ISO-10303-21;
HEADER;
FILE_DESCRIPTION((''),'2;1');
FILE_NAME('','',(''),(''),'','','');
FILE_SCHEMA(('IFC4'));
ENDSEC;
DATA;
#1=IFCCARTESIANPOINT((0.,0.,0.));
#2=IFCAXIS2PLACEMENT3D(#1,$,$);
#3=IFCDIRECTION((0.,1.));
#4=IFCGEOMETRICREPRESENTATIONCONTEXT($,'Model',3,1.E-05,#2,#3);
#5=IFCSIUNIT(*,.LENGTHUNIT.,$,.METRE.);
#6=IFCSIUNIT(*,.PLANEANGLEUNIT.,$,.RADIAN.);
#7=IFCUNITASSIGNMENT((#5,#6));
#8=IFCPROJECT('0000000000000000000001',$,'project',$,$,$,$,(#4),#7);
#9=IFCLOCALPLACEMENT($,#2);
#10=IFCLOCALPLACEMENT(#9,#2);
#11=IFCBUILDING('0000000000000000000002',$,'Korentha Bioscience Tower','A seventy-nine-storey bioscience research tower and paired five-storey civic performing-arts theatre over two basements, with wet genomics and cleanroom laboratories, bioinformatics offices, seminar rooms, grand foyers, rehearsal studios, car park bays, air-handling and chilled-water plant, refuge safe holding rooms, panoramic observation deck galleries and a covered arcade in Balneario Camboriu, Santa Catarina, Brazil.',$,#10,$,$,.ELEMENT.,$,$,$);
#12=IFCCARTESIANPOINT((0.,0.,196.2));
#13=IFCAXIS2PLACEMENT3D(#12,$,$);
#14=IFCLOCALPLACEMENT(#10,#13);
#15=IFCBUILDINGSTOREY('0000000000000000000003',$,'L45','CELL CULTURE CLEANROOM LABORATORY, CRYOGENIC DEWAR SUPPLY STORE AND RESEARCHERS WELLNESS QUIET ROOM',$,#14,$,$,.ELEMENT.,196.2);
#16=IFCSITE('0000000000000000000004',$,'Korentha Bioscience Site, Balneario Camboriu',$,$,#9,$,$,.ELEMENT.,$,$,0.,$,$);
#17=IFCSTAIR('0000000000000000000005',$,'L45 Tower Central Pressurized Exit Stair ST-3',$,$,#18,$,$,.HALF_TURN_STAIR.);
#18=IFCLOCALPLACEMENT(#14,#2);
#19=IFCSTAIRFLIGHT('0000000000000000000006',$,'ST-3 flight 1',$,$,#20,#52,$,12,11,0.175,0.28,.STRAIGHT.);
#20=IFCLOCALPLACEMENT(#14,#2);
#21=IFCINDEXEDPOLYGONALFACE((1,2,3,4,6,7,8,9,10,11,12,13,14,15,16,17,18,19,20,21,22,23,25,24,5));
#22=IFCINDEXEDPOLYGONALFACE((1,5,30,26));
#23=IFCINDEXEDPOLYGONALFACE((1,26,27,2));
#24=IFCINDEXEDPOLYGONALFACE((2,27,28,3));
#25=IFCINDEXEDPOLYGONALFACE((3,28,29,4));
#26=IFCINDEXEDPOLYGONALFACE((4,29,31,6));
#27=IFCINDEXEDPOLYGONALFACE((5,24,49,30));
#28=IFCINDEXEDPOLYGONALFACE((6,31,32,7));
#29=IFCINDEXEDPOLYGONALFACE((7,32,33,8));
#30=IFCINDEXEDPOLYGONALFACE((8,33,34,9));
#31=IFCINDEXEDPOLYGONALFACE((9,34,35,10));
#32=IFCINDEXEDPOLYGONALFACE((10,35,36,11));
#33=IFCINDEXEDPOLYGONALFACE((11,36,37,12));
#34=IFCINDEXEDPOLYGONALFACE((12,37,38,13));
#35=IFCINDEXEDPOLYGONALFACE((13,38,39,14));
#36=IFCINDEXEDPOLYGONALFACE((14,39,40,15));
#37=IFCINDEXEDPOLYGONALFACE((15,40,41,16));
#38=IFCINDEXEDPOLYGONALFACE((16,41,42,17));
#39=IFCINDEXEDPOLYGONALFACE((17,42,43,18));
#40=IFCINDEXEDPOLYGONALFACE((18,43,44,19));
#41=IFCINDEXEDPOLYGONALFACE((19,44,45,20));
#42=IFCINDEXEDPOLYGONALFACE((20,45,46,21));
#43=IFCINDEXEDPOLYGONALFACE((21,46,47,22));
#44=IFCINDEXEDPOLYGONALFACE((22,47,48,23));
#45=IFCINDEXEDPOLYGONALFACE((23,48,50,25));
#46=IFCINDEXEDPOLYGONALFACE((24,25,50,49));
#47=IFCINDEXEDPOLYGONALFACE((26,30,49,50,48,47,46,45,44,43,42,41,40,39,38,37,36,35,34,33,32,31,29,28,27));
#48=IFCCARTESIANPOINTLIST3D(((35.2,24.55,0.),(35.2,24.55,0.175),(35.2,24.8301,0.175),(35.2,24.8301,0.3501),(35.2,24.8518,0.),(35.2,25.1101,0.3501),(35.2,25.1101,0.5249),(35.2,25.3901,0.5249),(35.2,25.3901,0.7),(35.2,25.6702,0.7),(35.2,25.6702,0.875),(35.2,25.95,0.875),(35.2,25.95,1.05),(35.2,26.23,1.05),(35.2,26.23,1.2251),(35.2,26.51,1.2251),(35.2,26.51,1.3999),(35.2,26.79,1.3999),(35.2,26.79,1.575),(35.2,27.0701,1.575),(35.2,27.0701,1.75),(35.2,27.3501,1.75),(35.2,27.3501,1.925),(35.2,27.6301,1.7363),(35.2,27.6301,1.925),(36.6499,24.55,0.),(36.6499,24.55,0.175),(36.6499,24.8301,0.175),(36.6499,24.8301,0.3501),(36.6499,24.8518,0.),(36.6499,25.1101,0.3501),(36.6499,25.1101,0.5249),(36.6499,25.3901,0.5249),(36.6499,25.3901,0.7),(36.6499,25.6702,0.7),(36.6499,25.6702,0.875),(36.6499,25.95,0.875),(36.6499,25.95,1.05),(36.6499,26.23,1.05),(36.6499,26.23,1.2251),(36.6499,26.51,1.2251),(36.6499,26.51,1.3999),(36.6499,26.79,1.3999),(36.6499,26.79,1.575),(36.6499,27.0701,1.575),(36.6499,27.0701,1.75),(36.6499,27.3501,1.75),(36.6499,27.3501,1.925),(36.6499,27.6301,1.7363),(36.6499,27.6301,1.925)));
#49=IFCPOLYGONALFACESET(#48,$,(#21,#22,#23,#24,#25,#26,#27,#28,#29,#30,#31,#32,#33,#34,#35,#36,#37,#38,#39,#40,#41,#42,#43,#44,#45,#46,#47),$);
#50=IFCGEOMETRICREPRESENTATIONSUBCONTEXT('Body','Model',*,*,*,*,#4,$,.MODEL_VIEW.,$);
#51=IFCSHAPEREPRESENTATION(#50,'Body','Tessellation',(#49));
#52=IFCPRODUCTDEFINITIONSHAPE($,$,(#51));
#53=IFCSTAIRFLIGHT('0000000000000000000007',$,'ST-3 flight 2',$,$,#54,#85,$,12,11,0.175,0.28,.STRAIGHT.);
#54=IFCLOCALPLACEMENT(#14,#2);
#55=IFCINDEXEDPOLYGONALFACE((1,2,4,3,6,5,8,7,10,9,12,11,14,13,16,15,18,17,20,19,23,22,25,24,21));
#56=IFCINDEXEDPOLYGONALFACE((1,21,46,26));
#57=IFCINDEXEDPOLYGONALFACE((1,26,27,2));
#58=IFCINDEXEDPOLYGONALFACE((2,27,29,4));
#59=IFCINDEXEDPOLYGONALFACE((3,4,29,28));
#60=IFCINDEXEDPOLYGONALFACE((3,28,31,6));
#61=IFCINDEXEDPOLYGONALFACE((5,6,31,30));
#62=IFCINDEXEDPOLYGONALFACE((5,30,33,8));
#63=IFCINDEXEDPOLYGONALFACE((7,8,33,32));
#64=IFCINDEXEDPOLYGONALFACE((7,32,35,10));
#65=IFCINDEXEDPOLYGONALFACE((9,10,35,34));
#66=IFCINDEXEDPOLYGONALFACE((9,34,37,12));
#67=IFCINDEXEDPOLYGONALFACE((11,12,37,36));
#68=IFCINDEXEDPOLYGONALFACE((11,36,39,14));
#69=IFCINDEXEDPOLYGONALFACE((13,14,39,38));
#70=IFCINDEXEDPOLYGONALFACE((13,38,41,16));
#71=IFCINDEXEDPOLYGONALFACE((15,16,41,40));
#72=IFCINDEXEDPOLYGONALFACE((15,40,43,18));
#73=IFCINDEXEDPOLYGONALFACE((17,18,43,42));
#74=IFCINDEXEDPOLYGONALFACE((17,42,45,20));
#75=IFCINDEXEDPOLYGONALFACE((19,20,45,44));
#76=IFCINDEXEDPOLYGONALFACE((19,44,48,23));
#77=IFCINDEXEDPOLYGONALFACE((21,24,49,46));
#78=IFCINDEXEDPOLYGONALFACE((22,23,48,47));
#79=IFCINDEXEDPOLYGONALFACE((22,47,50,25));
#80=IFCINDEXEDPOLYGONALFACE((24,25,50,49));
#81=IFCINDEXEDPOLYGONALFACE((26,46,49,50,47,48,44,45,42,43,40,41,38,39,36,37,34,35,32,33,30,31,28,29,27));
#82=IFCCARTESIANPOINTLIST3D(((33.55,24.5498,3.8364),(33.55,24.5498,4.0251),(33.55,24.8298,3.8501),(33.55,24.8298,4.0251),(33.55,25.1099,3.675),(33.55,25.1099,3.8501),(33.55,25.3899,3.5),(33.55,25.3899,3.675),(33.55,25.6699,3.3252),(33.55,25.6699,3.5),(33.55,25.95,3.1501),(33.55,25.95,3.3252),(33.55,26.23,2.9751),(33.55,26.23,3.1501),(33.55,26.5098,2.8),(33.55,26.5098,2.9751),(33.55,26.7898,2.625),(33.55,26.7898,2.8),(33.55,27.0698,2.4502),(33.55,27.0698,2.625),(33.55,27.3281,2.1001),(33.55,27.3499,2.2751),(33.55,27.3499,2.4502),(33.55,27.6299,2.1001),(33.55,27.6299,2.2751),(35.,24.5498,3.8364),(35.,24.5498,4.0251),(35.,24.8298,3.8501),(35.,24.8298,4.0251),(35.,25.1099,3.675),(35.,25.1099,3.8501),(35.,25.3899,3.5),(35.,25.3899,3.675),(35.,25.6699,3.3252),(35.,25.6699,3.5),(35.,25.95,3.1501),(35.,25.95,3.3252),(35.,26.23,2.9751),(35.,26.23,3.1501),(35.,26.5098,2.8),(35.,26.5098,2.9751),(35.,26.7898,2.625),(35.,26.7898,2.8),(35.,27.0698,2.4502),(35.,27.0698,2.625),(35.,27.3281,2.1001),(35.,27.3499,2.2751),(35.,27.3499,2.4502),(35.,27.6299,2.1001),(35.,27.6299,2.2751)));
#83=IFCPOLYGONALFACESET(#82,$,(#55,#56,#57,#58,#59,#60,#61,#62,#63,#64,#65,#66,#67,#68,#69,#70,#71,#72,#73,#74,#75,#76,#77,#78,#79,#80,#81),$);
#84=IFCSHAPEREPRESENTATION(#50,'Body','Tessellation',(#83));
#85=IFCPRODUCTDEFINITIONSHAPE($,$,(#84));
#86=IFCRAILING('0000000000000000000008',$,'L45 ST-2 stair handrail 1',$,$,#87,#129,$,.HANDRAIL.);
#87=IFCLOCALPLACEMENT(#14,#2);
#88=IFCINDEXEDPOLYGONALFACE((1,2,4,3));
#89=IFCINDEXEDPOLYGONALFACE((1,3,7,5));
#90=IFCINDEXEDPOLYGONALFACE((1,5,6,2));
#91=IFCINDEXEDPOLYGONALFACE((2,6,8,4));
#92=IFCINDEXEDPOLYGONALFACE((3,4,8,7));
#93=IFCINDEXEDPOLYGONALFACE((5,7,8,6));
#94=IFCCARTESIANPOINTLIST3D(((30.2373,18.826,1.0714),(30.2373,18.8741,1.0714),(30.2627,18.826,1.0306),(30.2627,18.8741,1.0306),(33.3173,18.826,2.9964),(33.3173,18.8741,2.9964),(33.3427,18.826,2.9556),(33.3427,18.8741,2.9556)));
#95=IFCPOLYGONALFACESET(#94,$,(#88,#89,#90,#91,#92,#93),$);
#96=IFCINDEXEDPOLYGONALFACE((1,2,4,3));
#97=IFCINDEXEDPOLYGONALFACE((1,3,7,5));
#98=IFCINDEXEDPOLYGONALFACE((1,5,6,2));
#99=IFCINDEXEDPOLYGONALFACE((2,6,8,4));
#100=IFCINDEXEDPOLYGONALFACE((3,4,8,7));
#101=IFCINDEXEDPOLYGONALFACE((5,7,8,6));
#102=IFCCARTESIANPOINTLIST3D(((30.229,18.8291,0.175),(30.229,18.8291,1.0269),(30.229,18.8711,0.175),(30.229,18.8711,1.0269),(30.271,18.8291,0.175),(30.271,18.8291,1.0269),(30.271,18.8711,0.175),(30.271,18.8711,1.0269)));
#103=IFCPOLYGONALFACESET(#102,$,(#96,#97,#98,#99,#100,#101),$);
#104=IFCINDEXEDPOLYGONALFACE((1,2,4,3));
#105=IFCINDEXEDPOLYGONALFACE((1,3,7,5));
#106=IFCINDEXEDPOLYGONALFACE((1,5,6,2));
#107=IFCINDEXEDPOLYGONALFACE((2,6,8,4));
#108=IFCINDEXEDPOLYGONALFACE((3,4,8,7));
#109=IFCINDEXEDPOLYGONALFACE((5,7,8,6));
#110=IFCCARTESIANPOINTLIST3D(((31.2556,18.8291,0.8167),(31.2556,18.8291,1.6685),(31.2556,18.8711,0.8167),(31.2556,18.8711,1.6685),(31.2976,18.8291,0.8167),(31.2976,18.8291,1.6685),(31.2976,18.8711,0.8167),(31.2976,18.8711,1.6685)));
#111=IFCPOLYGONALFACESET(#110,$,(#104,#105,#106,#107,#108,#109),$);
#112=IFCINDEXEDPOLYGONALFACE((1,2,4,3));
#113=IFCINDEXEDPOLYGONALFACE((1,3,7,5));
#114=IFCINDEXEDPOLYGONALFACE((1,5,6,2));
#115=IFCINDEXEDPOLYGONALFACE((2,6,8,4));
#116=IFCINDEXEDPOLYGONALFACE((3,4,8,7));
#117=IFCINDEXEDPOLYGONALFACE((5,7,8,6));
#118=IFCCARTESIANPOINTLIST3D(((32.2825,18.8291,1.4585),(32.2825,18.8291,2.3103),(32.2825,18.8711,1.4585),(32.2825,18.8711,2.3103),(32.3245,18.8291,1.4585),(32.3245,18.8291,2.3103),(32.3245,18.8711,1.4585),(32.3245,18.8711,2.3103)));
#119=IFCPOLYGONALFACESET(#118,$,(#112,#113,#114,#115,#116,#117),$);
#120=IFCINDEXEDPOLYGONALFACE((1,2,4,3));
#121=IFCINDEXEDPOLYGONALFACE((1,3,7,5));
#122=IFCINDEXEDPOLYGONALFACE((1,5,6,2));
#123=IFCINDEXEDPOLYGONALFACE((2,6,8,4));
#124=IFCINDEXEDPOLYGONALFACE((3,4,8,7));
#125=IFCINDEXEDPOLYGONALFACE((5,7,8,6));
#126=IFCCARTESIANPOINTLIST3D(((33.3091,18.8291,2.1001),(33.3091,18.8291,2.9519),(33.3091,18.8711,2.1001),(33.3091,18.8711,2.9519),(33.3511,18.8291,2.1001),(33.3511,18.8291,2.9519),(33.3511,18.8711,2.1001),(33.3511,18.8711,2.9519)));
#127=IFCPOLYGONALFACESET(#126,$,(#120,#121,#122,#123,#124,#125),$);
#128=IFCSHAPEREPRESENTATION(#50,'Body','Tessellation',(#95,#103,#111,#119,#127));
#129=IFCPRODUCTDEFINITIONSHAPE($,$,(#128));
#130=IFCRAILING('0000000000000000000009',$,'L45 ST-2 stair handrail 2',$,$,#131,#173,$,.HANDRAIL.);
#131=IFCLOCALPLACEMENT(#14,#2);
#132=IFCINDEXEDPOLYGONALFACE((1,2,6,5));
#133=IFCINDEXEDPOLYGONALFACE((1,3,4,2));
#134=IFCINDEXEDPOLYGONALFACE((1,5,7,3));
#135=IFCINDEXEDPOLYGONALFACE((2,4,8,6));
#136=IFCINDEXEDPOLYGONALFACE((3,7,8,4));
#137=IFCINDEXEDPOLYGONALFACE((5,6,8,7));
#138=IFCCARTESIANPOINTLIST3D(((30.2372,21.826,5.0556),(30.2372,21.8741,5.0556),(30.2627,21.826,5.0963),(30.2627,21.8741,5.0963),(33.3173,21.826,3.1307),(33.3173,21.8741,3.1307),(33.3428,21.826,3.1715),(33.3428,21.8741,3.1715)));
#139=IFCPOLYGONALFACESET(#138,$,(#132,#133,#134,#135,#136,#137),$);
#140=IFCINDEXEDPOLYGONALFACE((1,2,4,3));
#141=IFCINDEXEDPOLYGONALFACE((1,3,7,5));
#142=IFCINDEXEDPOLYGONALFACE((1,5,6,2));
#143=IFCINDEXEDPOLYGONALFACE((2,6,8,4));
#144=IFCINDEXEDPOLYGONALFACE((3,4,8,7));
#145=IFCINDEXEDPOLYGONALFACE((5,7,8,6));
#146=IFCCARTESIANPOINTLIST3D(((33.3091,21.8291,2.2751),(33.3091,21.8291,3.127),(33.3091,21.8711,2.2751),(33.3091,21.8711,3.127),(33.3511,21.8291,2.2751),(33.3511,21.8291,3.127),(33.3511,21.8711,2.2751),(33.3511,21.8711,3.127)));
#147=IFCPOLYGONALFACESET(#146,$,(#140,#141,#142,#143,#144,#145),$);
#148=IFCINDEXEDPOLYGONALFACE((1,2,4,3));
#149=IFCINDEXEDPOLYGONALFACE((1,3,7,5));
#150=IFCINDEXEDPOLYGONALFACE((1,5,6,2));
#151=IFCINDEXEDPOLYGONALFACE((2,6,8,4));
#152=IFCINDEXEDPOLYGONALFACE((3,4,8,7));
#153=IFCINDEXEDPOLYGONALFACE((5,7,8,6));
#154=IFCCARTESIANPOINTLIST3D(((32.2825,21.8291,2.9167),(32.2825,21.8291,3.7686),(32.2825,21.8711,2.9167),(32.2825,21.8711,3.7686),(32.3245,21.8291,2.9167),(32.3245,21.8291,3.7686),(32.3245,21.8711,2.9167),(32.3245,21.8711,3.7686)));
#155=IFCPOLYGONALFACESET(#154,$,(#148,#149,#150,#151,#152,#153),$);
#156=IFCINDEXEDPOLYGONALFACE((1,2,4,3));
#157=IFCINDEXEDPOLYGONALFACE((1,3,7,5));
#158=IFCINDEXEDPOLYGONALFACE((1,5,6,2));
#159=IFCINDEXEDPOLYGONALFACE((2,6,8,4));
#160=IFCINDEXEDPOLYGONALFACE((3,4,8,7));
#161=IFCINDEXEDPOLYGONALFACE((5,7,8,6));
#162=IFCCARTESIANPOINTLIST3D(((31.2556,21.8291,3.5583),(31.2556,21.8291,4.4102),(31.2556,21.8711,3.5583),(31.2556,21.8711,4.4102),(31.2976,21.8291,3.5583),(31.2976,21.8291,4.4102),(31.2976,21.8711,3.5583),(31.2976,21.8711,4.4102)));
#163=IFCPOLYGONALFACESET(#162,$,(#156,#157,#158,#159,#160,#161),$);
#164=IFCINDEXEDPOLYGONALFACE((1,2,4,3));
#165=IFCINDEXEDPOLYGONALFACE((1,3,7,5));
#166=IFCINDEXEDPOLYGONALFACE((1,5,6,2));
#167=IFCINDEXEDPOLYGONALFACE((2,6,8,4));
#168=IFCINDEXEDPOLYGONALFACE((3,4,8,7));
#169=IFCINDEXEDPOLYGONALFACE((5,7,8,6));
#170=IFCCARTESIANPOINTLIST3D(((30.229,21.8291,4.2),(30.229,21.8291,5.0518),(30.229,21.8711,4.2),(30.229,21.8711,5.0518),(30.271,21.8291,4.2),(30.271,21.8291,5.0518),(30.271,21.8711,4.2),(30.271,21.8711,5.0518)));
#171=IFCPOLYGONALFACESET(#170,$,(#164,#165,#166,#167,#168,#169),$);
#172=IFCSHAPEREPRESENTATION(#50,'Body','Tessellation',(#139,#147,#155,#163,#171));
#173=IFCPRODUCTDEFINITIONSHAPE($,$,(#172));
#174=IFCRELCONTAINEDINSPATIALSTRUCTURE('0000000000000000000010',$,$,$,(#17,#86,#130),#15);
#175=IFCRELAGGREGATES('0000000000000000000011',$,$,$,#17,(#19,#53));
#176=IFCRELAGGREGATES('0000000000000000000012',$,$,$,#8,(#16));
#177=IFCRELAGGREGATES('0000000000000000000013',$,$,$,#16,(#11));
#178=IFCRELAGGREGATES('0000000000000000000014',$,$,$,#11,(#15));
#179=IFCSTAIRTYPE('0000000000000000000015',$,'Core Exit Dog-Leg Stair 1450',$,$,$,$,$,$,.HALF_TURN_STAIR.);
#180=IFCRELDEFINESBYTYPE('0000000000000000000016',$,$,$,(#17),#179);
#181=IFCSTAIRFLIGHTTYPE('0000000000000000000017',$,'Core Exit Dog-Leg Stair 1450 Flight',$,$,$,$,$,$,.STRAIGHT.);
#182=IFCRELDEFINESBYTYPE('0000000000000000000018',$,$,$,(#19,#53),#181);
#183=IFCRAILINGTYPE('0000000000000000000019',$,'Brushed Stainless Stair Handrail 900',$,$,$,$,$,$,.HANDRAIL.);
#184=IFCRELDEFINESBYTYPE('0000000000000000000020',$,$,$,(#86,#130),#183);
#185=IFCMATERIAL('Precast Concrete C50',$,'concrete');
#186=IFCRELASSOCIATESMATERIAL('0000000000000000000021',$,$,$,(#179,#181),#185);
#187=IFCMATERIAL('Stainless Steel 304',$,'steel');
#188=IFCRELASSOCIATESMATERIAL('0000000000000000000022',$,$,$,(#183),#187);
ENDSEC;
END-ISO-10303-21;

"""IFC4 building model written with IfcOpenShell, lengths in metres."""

from ifc_helpers import new_model, si_unit, direction, frame, origin, origin_2d, place, context, subcontext, project, spatial, polyline, rectangle, outline, extrude, material, type_object, element, aggregate, save


model = new_model("IFC4")

# Units and contexts
model_context = context("Model", 3, precision=1e-05, world=origin(), true_north=direction((0.0, 1.0)))
body_context = subcontext(model_context, "Body", "Model", "MODEL_VIEW")
ifc_project = project(units=[si_unit("LENGTHUNIT", "METRE"), si_unit("PLANEANGLEUNIT", "RADIAN")], contexts=[model_context])

# Site, building, storey
site_placement = place(None, origin())
site = spatial("IfcSite", under=ifc_project, at=site_placement, Name="Korentha Bioscience Site, Balneario Camboriu", CompositionType="ELEMENT", RefElevation=0.0)
building_placement = place(site_placement, origin())
building = spatial("IfcBuilding", under=site, at=building_placement, Name="Korentha Bioscience Tower", Description="A seventy-nine-storey bioscience research tower and paired five-storey civic performing-arts theatre over two basements, with wet genomics and cleanroom laboratories, bioinformatics offices, seminar rooms, grand foyers, rehearsal studios, car park bays, air-handling and chilled-water plant, refuge safe holding rooms, panoramic observation deck galleries and a covered arcade in Balneario Camboriu, Santa Catarina, Brazil.", CompositionType="ELEMENT")
storey_placement = place(building_placement, frame((0.0, 0.0, 196.2)))
storey = spatial("IfcBuildingStorey", under=building, at=storey_placement, Name="L45", Description="CELL CULTURE CLEANROOM LABORATORY, CRYOGENIC DEWAR SUPPLY STORE AND RESEARCHERS WELLNESS QUIET ROOM", CompositionType="ELEMENT", Elevation=196.2)

# Stair, stair flights
ifc_material_1 = material(Name="Precast Concrete C50", Category="concrete")
stair_type = type_object("IfcStairType", Name="Core Exit Dog-Leg Stair 1450", PredefinedType="HALF_TURN_STAIR", material=ifc_material_1)
stair_flight_type = type_object("IfcStairFlightType", Name="Core Exit Dog-Leg Stair 1450 Flight", PredefinedType="STRAIGHT", material=ifc_material_1)
stair_1_placement = place(storey_placement, origin())
stair_1 = element("IfcStair", 1, at=stair_1_placement, inside=storey, type_object=stair_type, Name="L45 Tower Central Pressurized Exit Stair ST-3", PredefinedType="HALF_TURN_STAIR")
stair_flight_1_placement = place(storey_placement, frame((35.925, 24.55, 0.0), z_axis=(0.0, 0.0, 1.0), x_axis=(0.0, 1.0, 0.0)))
stair_flight_1 = element("IfcStairFlight", 2, at=stair_flight_1_placement, type_object=stair_flight_type, Name="ST-3 flight 1", NumberOfRisers=12, NumberOfTreads=11, PredefinedType="STRAIGHT", RiserHeight=0.175, TreadLength=0.28, context=body_context, shape_type="SweptSolid", body=[
    extrude(outline(polyline([(0.0, 0.0), (0.0, 0.175), (0.28, 0.175), (0.28, 0.3501), (0.5601, 0.3501), (0.5601, 0.5249), (0.8401, 0.5249), (0.8401, 0.7), (1.1201, 0.7), (1.1201, 0.875), (1.3999, 0.875), (1.3999, 1.05), (1.6799, 1.05), (1.6799, 1.2251), (1.96, 1.2251), (1.96, 1.3999), (2.24, 1.3999), (2.24, 1.575), (2.52, 1.575), (2.52, 1.75), (2.8, 1.75), (2.8, 1.925), (3.0801, 1.925), (3.0801, 2.1001), (3.0801, 1.7363), (0.3018, 0.0), (0.0, 0.0)])), frame((0.0, 0.7251, 0.0), z_axis=(0.0, -1.0, 0.0), x_axis=(1.0, 0.0, 0.0)), (0.0, 0.0, 1.0), 1.45),
])
stair_flight_2_placement = place(storey_placement, frame((34.2749, 27.6299, 2.1001), z_axis=(0.0, 0.0, 1.0), x_axis=(0.0, -1.0, 0.0)))
stair_flight_2 = element("IfcStairFlight", 3, at=stair_flight_2_placement, type_object=stair_flight_type, Name="ST-3 flight 2", NumberOfRisers=12, NumberOfTreads=11, PredefinedType="STRAIGHT", RiserHeight=0.175, TreadLength=0.28, context=body_context, shape_type="SweptSolid", body=[
    extrude(outline(polyline([(0.0, 0.0), (0.0, 0.175), (0.28, 0.175), (0.28, 0.3501), (0.5601, 0.3501), (0.5601, 0.5249), (0.8401, 0.5249), (0.8401, 0.7), (1.1201, 0.7), (1.1201, 0.875), (1.3999, 0.875), (1.3999, 1.05), (1.6799, 1.05), (1.6799, 1.2251), (1.96, 1.2251), (1.96, 1.3999), (2.24, 1.3999), (2.24, 1.575), (2.52, 1.575), (2.52, 1.75), (2.8, 1.75), (2.8, 1.925), (3.0801, 1.925), (3.0801, 2.1001), (3.0801, 1.7363), (0.3018, 0.0), (0.0, 0.0)])), frame((0.0, 0.7251, 0.0), z_axis=(0.0, -1.0, 0.0), x_axis=(1.0, 0.0, 0.0)), (0.0, 0.0, 1.0), 1.45),
])
aggregate(stair_1, [stair_flight_1, stair_flight_2])

# Railings
ifc_material_2 = material(Name="Stainless Steel 304", Category="steel")
railing_type_1 = type_object("IfcRailingType", Name="Brushed Stainless Stair Handrail 900", PredefinedType="HANDRAIL", material=ifc_material_2)
railing_1_placement = place(storey_placement, frame((30.25, 18.8501, 0.175)))
element("IfcRailing", 4, at=railing_1_placement, inside=storey, type_object=railing_type_1, Name="L45 ST-2 stair handrail 1", PredefinedType="HANDRAIL", context=body_context, shape_type="SweptSolid", body=[
    extrude(rectangle(XDim=0.0481, YDim=0.0481, at=origin_2d()), frame((0.0, 0.0, 0.876), z_axis=(0.847998, 0.0, 0.529999), x_axis=(0.0, 1.0, 0.0)), (0.0, 0.0, 1.0), 3.6321),
    extrude(rectangle(XDim=0.042, YDim=0.042, at=origin_2d()), origin(), (0.0, 0.0, 1.0), 0.8518),
    extrude(rectangle(XDim=0.042, YDim=0.042, at=origin_2d()), frame((1.0266, 0.0, 0.6416)), (0.0, 0.0, 1.0), 0.8518),
    extrude(rectangle(XDim=0.042, YDim=0.042, at=origin_2d()), frame((2.0535, 0.0, 1.2834)), (0.0, 0.0, 1.0), 0.8518),
    extrude(rectangle(XDim=0.042, YDim=0.042, at=origin_2d()), frame((3.0801, 0.0, 1.925)), (0.0, 0.0, 1.0), 0.8518),
])
railing_2_placement = place(storey_placement, frame((33.3301, 21.8501, 2.2751)))
element("IfcRailing", 5, at=railing_2_placement, inside=storey, type_object=railing_type_1, Name="L45 ST-2 stair handrail 2", PredefinedType="HANDRAIL", context=body_context, shape_type="SweptSolid", body=[
    extrude(rectangle(XDim=0.0481, YDim=0.0481, at=origin_2d()), frame((0.0, 0.0, 0.876), z_axis=(-0.848029, 0.0, 0.529951), x_axis=(0.0, -1.0, 0.0)), (0.0, 0.0, 1.0), 3.6321),
    extrude(rectangle(XDim=0.042, YDim=0.042, at=origin_2d()), origin(), (0.0, 0.0, 1.0), 0.8518),
    extrude(rectangle(XDim=0.042, YDim=0.042, at=origin_2d()), frame((-1.0266, 0.0, 0.6416)), (0.0, 0.0, 1.0), 0.8518),
    extrude(rectangle(XDim=0.042, YDim=0.042, at=origin_2d()), frame((-2.0535, 0.0, 1.2832)), (0.0, 0.0, 1.0), 0.8518),
    extrude(rectangle(XDim=0.042, YDim=0.042, at=origin_2d()), frame((-3.0801, 0.0, 1.9248)), (0.0, 0.0, 1.0), 0.8518),
])

save(model, "model.ifc")
